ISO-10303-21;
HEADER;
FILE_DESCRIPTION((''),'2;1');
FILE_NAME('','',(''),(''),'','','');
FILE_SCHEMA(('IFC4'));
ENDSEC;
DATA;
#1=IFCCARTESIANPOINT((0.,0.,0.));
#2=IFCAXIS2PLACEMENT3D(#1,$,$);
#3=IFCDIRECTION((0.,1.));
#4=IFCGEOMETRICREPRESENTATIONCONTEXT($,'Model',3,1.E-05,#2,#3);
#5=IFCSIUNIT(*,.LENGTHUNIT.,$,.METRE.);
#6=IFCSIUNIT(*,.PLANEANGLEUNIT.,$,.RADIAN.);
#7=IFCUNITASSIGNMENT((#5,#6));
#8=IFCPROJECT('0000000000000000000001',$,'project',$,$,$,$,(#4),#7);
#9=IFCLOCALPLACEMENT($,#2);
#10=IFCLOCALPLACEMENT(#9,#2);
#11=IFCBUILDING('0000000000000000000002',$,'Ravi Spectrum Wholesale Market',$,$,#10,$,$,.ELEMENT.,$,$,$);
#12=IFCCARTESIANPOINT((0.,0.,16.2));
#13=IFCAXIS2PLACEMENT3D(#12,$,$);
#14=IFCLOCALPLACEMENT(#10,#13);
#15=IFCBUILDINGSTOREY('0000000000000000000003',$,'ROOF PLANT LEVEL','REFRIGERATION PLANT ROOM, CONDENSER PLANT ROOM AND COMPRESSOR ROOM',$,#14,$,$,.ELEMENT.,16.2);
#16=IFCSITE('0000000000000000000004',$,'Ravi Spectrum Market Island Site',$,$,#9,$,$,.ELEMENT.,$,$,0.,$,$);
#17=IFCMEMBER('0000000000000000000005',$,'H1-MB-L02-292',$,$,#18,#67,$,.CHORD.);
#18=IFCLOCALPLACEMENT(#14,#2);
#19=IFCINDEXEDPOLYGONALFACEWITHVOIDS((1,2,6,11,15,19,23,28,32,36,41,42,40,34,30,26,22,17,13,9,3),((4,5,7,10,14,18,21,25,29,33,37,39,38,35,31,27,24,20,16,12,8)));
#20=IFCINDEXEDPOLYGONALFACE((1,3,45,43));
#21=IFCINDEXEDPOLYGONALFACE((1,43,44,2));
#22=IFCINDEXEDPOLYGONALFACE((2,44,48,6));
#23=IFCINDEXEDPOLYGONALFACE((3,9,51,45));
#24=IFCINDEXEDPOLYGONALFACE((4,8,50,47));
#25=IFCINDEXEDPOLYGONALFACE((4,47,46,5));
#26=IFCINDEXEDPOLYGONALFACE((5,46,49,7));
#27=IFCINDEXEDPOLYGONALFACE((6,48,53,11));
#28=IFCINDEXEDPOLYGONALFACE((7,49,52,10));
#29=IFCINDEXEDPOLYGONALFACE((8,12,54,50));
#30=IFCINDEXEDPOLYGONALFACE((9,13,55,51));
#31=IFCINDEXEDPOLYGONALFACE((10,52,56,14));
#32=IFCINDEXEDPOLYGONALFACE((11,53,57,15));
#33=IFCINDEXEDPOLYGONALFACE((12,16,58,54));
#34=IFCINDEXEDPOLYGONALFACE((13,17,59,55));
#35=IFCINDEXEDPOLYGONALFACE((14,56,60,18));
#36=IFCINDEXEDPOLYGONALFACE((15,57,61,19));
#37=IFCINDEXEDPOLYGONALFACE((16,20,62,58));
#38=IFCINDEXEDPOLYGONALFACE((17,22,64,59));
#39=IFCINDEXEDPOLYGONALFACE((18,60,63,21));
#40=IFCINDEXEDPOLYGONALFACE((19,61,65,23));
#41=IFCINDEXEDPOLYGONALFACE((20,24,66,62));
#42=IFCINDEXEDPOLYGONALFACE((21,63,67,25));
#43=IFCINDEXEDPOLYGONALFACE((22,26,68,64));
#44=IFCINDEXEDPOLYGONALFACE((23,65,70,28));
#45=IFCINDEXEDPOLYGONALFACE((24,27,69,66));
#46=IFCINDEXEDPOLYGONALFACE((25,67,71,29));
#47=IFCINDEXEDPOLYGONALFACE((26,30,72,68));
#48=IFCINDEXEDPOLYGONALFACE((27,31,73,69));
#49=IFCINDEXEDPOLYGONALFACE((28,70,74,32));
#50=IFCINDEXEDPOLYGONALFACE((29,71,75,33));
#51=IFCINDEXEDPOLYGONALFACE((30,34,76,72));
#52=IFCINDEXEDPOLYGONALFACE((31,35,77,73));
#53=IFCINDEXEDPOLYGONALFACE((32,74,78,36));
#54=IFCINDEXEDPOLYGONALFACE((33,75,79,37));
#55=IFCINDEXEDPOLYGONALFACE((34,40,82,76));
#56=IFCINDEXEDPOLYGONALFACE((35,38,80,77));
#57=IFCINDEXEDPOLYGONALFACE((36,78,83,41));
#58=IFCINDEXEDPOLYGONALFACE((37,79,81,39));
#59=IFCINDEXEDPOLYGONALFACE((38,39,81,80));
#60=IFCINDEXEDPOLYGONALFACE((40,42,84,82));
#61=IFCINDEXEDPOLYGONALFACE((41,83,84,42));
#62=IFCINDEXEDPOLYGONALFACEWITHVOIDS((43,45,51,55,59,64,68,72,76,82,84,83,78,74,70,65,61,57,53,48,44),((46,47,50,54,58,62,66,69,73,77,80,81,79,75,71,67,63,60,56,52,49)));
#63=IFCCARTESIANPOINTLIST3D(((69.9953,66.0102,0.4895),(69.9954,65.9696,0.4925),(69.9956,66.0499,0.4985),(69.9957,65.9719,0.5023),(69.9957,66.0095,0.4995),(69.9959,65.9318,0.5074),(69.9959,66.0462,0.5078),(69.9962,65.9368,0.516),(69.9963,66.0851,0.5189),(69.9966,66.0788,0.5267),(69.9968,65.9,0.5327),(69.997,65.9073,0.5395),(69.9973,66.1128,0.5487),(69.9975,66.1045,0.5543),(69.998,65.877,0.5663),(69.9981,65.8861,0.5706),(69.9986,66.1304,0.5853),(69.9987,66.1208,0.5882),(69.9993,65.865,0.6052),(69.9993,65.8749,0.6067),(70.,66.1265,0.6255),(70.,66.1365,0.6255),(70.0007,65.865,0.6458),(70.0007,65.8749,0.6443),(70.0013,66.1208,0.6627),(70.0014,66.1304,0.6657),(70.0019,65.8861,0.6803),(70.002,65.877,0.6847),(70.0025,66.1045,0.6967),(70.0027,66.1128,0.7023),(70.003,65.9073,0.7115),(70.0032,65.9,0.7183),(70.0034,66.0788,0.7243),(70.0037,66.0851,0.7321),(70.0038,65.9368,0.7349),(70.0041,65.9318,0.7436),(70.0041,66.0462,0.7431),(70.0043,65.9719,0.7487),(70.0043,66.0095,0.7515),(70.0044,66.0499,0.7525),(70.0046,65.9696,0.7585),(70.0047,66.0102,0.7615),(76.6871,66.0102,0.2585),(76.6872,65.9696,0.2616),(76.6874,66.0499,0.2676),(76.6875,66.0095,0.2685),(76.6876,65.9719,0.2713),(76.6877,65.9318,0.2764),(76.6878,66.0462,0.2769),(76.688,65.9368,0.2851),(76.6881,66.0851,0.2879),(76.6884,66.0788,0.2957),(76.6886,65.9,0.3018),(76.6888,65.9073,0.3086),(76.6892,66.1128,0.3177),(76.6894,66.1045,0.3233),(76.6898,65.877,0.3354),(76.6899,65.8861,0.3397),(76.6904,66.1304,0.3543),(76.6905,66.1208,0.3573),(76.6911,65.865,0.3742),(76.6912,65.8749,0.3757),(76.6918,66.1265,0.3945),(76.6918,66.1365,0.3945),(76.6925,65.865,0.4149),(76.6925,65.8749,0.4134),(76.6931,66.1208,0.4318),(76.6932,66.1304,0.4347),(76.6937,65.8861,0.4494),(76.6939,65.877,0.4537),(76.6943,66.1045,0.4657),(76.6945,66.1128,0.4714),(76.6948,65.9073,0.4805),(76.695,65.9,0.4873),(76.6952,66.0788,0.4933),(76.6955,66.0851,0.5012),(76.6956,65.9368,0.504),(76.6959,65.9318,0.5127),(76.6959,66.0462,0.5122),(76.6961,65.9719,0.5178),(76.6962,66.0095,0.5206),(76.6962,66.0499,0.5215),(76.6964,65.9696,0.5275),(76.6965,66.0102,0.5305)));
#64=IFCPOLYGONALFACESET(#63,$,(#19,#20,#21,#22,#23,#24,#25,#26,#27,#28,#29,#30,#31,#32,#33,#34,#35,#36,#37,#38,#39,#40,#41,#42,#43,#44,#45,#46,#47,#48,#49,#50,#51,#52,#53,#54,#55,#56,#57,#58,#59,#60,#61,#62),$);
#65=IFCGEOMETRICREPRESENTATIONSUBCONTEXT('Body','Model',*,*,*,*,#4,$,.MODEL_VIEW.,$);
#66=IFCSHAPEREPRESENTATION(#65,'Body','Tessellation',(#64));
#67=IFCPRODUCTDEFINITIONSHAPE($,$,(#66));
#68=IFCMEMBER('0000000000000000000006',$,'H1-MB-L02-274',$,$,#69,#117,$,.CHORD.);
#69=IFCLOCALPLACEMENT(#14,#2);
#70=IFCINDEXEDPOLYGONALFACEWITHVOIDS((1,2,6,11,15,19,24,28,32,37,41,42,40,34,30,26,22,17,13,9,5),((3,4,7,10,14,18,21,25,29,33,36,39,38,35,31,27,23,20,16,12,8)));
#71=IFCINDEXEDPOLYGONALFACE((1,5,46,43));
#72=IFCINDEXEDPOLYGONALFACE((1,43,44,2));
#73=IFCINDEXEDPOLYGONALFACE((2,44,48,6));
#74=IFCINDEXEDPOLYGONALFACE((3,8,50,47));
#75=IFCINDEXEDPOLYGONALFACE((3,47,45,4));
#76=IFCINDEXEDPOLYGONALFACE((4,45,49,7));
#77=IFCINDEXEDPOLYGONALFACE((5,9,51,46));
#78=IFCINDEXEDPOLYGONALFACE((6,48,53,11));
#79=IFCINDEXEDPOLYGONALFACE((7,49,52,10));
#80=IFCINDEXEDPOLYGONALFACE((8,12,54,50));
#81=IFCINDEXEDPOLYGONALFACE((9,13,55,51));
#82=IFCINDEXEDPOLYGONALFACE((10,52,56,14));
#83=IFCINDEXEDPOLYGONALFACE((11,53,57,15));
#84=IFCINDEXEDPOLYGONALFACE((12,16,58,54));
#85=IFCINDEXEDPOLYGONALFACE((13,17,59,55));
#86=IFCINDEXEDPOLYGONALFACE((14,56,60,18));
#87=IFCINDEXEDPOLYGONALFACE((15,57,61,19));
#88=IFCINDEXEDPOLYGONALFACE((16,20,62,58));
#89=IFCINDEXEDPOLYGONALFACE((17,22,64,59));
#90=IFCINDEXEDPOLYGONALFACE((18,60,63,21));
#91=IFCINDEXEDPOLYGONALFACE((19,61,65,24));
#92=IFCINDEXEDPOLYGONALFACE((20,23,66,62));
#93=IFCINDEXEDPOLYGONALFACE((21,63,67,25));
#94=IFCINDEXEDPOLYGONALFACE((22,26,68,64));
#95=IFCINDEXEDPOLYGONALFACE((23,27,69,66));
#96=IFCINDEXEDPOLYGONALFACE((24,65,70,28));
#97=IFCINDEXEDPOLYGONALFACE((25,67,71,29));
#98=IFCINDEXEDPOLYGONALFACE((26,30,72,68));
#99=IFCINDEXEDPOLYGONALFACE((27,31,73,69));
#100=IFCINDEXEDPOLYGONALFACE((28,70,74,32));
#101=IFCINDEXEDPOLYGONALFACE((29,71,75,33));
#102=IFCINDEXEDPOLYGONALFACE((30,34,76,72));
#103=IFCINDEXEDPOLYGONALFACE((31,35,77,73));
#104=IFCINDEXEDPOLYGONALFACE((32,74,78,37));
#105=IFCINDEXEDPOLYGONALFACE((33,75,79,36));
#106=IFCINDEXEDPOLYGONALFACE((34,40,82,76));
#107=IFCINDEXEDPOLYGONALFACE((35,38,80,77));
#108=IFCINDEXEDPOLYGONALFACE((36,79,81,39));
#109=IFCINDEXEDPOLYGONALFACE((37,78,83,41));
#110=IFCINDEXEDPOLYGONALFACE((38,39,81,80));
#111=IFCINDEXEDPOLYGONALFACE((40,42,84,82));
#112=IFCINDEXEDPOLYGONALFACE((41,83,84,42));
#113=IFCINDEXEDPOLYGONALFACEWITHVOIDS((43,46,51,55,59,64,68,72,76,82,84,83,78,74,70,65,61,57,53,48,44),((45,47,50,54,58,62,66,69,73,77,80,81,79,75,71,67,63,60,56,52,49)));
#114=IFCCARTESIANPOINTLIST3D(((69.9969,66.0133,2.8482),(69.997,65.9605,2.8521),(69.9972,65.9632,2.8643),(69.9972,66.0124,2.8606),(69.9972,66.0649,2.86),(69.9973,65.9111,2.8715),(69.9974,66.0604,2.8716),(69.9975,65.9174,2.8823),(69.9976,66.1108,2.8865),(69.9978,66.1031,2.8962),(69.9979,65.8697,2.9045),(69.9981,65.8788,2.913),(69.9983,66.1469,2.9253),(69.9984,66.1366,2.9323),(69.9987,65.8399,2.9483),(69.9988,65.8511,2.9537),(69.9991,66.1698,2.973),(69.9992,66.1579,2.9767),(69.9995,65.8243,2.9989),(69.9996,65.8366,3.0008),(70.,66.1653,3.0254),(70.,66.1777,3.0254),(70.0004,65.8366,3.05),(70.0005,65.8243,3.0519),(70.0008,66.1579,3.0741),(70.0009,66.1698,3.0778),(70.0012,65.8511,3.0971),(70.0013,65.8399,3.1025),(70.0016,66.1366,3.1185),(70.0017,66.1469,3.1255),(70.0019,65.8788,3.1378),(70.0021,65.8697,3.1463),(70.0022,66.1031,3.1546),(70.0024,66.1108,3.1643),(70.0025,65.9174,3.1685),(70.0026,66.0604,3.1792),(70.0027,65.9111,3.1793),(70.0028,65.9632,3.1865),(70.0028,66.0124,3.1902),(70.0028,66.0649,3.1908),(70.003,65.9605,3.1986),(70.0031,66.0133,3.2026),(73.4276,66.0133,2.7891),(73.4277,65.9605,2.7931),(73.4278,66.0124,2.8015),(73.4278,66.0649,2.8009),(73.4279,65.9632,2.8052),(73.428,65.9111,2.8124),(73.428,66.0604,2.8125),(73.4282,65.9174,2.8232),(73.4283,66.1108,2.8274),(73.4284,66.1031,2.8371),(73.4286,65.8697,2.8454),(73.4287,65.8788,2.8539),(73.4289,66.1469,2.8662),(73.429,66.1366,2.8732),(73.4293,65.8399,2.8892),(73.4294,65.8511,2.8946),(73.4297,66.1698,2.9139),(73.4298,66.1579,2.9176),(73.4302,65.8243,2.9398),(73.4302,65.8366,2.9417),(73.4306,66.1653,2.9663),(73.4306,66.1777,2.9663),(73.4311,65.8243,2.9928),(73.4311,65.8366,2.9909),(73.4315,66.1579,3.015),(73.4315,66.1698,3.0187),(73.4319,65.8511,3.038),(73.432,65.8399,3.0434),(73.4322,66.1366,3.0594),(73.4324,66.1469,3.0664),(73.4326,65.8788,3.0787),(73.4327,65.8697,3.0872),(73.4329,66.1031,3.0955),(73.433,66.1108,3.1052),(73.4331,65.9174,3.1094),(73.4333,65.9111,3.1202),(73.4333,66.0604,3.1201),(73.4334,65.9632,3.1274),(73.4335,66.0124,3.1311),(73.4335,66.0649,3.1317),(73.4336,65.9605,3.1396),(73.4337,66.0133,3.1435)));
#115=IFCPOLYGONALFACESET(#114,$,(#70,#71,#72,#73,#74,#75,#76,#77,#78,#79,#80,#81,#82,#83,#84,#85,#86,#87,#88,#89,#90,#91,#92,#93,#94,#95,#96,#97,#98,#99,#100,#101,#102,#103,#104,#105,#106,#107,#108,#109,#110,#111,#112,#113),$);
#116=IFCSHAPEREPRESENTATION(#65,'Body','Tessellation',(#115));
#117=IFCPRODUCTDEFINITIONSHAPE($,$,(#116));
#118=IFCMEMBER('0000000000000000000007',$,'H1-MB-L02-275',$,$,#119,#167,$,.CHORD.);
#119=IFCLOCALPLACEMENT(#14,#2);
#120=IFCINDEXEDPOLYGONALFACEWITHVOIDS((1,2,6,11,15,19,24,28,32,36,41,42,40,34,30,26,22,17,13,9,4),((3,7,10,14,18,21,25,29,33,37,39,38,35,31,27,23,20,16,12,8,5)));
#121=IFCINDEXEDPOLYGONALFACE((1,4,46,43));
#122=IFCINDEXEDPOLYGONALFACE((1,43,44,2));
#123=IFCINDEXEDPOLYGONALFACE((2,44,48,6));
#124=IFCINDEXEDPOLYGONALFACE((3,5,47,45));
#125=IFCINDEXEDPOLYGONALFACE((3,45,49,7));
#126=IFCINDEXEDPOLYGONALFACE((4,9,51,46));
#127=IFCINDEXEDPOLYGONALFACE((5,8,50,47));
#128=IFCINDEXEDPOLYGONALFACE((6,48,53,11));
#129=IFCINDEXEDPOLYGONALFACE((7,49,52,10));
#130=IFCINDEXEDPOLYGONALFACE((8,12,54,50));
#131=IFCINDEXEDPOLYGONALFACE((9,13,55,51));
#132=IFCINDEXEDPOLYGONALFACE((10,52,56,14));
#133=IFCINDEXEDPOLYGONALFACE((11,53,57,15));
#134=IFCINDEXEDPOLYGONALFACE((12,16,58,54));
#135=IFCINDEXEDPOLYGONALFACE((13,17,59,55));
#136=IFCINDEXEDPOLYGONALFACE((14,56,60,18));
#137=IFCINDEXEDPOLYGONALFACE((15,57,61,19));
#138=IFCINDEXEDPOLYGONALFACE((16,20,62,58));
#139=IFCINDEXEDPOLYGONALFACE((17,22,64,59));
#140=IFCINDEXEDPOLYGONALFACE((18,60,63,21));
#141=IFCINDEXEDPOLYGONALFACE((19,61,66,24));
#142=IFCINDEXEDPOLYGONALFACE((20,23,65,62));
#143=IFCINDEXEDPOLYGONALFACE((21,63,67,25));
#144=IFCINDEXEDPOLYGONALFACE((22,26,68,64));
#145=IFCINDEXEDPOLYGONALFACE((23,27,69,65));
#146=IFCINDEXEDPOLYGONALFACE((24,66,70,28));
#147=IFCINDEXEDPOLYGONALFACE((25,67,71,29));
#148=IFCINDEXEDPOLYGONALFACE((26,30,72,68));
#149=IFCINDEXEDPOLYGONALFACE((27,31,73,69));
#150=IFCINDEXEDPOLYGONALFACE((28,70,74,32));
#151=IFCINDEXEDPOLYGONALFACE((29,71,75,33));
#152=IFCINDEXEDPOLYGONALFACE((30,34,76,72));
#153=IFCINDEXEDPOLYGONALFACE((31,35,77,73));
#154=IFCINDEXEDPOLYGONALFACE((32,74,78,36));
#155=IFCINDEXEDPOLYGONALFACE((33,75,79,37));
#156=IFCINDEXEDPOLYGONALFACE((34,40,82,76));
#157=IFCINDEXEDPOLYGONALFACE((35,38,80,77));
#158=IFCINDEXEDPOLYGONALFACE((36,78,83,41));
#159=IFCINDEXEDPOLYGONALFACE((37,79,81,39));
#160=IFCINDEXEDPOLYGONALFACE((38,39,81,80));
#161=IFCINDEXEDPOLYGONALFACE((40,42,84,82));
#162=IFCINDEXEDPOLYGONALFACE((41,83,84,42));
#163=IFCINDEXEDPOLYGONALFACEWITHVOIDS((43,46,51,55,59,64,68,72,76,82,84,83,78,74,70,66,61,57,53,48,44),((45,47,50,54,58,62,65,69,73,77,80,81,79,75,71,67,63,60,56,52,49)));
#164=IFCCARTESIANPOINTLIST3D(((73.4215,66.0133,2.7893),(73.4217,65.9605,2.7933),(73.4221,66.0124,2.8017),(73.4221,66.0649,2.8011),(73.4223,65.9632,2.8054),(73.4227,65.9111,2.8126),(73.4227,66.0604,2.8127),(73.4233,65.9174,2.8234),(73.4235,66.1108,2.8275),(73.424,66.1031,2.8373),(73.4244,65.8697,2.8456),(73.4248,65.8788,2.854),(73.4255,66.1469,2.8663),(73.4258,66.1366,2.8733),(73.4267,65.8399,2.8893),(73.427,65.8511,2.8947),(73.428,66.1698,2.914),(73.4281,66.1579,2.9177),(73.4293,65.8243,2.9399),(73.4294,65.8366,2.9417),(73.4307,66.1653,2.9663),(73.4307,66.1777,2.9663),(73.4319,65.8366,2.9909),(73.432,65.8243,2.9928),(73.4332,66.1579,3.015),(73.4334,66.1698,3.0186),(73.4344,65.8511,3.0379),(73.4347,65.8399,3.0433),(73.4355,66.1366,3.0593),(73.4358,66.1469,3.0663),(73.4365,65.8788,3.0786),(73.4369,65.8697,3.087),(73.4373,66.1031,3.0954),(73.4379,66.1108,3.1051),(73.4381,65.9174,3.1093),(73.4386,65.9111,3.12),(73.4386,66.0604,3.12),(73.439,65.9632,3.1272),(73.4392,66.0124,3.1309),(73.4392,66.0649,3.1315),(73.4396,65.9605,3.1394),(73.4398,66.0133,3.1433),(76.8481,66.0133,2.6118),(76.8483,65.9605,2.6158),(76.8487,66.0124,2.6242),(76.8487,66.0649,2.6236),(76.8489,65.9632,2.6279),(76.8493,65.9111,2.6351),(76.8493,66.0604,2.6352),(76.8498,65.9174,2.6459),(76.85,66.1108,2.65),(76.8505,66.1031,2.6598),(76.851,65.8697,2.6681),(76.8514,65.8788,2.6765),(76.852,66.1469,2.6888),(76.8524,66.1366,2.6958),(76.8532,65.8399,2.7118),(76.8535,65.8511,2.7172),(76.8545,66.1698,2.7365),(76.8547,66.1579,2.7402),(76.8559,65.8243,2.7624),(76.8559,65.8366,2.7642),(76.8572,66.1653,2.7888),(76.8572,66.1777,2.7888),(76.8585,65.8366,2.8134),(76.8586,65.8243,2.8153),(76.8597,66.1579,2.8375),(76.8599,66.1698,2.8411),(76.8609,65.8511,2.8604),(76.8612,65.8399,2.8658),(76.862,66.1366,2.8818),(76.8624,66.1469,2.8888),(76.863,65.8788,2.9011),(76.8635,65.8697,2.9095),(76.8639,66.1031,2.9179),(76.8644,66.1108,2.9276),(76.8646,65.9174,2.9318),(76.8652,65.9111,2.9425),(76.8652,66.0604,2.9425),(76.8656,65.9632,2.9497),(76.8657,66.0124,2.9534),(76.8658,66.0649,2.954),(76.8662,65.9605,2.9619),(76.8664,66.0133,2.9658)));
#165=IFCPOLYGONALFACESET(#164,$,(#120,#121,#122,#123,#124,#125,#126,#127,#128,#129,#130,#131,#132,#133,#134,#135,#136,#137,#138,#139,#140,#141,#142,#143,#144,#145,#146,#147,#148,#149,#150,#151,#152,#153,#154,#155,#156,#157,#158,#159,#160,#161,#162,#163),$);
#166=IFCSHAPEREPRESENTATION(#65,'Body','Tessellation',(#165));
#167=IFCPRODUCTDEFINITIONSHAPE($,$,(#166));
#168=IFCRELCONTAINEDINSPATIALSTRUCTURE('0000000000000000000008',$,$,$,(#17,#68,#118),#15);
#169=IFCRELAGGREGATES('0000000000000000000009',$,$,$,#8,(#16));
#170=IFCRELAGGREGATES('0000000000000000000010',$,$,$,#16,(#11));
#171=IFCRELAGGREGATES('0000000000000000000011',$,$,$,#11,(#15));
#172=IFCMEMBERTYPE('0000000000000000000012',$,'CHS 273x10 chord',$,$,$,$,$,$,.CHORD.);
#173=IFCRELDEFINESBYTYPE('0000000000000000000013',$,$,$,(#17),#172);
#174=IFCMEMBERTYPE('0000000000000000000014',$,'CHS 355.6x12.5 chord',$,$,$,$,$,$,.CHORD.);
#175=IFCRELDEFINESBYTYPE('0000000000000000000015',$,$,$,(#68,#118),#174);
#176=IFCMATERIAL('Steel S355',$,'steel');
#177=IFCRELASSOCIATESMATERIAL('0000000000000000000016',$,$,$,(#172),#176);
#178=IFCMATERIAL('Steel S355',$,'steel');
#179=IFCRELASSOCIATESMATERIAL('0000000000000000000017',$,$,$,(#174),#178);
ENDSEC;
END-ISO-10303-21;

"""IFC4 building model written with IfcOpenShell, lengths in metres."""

from ifc_helpers import new_model, si_unit, direction, frame, origin, origin_2d, place, context, subcontext, project, spatial, hollow_circle, extrude, material, material_profile, profile_set, type_object, element, save


model = new_model("IFC4")

# Units and contexts
model_context = context("Model", 3, precision=1e-05, world=origin(), true_north=direction((0.0, 1.0)))
body_context = subcontext(model_context, "Body", "Model", "MODEL_VIEW")
ifc_project = project(units=[si_unit("LENGTHUNIT", "METRE"), si_unit("PLANEANGLEUNIT", "RADIAN")], contexts=[model_context])

# Site, building, storey
site_placement = place(None, origin())
site = spatial("IfcSite", under=ifc_project, at=site_placement, Name="Ravi Spectrum Market Island Site", CompositionType="ELEMENT", RefElevation=0.0)
building_placement = place(site_placement, origin())
building = spatial("IfcBuilding", under=site, at=building_placement, Name="Ravi Spectrum Wholesale Market", CompositionType="ELEMENT")
storey_placement = place(building_placement, frame((0.0, 0.0, 16.2)))
storey = spatial("IfcBuildingStorey", under=building, at=storey_placement, Name="ROOF PLANT LEVEL", Description="REFRIGERATION PLANT ROOM, CONDENSER PLANT ROOM AND COMPRESSOR ROOM", CompositionType="ELEMENT", Elevation=16.2)

# Members
ifc_material_1 = material(Name="Steel S355", Category="steel")
ifc_material_profile_1 = material_profile(ifc_material_1, hollow_circle(Radius=0.1365, WallThickness=0.01, at=origin_2d()))
ifc_profile_set_1 = profile_set([ifc_material_profile_1], Name="Steel S355")
member_type_1 = type_object("IfcMemberType", Name="CHS 273x10 chord", PredefinedType="CHORD", material=ifc_profile_set_1)
member_1_placement = place(storey_placement, frame((70.0, 66.0, 0.6255), z_axis=(0.999405, 0.0, -0.034492), x_axis=(0.0, 1.0, 0.0)))
element("IfcMember", 1, at=member_1_placement, inside=storey, type_object=member_type_1, Name="H1-MB-L02-292", PredefinedType="CHORD", context=body_context, shape_type="SweptSolid", body=[
    extrude(hollow_circle(Radius=0.1365, WallThickness=0.01, at=origin_2d()), origin(), (0.0, 0.0, 1.0), 6.6958),
])
ifc_material_2 = material(Name="Steel S355", Category="steel")
ifc_material_profile_2 = material_profile(ifc_material_2, hollow_circle(Radius=0.1777, WallThickness=0.0125, at=origin_2d()))
ifc_profile_set_2 = profile_set([ifc_material_profile_2], Name="Steel S355")
member_type_2 = type_object("IfcMemberType", Name="CHS 355.6x12.5 chord", PredefinedType="CHORD", material=ifc_profile_set_2)
for number, where, z_axis, x_axis, name in (
    (2, (70.0, 66.0, 3.0254), (0.999852, 0.0, -0.017219), (0.0, 1.0, 0.0), "H1-MB-L02-274"),
    (3, (73.4307, 66.0, 2.9663), (0.998661, 0.0, -0.05173), (0.0, 1.0, 0.0), "H1-MB-L02-275"),
):
    element("IfcMember", number, at=place(storey_placement, frame(where, z_axis=z_axis, x_axis=x_axis)), inside=storey, type_object=member_type_2, Name=name, PredefinedType="CHORD", context=body_context, shape_type="SweptSolid", body=[
        extrude(hollow_circle(Radius=0.1777, WallThickness=0.0125, at=origin_2d()), origin(), (0.0, 0.0, 1.0), 3.4312),
    ])

save(model, "model.ifc")
